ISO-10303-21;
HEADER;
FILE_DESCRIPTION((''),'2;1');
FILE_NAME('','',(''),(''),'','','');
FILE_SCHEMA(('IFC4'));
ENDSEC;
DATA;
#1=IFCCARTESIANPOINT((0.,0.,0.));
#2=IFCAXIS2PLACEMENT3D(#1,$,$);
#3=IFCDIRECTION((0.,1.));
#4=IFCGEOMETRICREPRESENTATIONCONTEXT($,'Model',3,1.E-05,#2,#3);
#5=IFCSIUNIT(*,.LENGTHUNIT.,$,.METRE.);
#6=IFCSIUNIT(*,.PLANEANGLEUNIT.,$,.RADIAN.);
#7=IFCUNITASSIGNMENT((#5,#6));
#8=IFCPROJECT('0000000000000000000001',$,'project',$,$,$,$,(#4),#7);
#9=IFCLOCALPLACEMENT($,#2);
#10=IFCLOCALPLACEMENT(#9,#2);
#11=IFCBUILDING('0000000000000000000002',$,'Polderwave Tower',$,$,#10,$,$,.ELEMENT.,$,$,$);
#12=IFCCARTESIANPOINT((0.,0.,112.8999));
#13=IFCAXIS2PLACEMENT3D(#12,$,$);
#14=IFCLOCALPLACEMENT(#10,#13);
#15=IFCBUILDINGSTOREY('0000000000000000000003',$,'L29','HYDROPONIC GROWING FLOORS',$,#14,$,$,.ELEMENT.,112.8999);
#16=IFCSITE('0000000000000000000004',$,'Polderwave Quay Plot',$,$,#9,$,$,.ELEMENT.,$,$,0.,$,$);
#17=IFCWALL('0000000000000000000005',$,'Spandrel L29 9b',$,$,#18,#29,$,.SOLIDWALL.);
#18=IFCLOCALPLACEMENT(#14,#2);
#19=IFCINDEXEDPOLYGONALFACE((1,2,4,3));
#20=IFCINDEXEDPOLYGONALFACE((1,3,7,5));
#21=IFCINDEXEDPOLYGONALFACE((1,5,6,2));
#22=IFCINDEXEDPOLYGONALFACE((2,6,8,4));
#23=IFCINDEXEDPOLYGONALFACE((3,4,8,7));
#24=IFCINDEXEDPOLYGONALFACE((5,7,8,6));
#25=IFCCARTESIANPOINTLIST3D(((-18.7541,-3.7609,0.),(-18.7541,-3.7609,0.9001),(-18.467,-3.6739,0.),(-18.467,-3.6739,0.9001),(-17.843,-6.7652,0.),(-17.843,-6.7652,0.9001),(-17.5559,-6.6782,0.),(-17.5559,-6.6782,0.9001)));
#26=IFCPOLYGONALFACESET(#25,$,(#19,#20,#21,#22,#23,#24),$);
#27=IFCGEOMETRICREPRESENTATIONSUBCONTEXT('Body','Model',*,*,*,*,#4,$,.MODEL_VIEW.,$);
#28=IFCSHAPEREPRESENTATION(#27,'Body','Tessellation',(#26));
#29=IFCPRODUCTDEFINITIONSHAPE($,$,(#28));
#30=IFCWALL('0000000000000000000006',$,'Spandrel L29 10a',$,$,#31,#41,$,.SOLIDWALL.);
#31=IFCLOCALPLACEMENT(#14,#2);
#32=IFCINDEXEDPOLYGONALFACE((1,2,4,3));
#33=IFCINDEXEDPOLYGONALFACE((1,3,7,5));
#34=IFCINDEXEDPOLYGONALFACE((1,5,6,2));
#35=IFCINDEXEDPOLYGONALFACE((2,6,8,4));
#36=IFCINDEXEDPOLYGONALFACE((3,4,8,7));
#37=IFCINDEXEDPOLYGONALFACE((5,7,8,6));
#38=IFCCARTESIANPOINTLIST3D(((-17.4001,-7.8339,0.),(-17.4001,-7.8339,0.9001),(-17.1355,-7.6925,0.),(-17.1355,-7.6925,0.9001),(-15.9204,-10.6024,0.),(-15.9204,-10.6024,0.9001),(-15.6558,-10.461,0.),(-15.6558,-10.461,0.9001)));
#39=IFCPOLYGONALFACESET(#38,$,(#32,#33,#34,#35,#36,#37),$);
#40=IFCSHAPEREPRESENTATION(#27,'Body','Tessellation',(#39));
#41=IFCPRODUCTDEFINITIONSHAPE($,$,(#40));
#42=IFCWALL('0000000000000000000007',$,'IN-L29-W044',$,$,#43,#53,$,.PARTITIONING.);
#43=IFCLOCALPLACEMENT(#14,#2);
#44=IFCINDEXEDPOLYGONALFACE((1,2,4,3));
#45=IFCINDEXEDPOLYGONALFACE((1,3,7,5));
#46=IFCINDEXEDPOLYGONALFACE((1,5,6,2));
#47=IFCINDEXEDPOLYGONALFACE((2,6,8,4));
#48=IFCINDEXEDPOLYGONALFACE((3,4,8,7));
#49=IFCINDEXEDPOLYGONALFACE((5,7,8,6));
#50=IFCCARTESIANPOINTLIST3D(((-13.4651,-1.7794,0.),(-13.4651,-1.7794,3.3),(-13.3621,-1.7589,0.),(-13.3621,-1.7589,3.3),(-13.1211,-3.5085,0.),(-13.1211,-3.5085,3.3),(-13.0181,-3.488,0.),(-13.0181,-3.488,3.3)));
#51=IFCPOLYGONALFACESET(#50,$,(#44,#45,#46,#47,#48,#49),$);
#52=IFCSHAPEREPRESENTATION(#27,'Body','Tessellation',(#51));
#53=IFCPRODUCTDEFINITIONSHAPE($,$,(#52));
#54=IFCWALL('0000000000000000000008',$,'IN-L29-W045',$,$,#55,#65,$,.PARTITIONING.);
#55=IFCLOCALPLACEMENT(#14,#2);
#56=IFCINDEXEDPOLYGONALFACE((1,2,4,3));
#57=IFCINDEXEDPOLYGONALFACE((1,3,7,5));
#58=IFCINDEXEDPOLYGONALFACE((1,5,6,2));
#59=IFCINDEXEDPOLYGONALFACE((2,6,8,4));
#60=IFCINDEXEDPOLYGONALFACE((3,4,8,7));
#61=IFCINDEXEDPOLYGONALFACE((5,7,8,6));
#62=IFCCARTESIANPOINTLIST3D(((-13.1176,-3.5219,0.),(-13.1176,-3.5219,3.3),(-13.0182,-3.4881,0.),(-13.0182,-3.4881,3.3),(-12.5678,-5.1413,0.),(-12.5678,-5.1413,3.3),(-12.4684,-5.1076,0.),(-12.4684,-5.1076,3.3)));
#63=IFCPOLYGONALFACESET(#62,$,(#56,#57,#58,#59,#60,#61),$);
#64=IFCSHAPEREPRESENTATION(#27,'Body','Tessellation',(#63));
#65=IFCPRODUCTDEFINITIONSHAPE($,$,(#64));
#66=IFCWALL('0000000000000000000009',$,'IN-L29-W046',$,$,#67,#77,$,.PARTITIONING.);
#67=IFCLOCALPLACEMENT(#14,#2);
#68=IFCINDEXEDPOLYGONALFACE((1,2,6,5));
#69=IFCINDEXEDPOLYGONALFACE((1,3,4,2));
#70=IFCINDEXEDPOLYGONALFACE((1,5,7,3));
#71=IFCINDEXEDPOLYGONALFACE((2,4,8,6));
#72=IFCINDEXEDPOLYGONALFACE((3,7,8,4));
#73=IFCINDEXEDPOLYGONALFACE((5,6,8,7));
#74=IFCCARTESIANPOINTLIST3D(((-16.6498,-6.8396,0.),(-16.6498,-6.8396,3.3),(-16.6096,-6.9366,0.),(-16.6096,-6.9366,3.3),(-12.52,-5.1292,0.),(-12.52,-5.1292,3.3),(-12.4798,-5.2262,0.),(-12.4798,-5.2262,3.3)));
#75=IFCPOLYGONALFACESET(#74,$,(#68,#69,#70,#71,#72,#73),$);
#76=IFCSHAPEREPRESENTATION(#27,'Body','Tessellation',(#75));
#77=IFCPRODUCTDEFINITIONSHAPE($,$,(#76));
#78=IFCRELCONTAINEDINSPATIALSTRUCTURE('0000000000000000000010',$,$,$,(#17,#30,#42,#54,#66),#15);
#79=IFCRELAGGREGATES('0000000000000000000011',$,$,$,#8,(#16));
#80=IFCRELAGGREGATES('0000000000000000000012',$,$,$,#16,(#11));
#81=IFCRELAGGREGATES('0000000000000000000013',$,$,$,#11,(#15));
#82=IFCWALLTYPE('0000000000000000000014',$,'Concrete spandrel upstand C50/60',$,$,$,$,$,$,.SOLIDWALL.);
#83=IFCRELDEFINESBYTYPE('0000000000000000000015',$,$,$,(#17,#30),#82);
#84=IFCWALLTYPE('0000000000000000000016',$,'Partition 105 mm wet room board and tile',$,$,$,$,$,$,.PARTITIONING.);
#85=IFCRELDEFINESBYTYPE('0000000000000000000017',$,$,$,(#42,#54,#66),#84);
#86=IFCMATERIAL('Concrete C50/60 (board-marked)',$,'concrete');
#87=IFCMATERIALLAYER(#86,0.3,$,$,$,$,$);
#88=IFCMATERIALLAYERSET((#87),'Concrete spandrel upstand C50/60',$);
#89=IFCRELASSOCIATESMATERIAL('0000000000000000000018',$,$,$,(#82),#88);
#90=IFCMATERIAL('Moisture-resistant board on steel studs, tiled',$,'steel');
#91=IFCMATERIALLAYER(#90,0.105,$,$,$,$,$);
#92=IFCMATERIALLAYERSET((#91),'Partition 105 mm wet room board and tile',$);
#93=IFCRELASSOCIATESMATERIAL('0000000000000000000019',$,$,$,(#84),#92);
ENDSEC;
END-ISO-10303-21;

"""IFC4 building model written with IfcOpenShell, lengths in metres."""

from ifc_helpers import new_model, si_unit, direction, frame, frame_2d, origin, place, context, subcontext, project, spatial, rectangle, extrude, material, layer, layer_set, type_object, element, save


model = new_model("IFC4")

# Units and contexts
model_context = context("Model", 3, precision=1e-05, world=origin(), true_north=direction((0.0, 1.0)))
body_context = subcontext(model_context, "Body", "Model", "MODEL_VIEW")
ifc_project = project(units=[si_unit("LENGTHUNIT", "METRE"), si_unit("PLANEANGLEUNIT", "RADIAN")], contexts=[model_context])

# Site, building, storey
site_placement = place(None, origin())
site = spatial("IfcSite", under=ifc_project, at=site_placement, Name="Polderwave Quay Plot", CompositionType="ELEMENT", RefElevation=0.0)
building_placement = place(site_placement, origin())
building = spatial("IfcBuilding", under=site, at=building_placement, Name="Polderwave Tower", CompositionType="ELEMENT")
storey_placement = place(building_placement, frame((0.0, 0.0, 112.8999)))
storey = spatial("IfcBuildingStorey", under=building, at=storey_placement, Name="L29", Description="HYDROPONIC GROWING FLOORS", CompositionType="ELEMENT", Elevation=112.8999)

# Walls
ifc_material_1 = material(Name="Concrete C50/60 (board-marked)", Category="concrete")
ifc_layer_1 = layer(ifc_material_1, 0.3)
ifc_layer_set_1 = layer_set([ifc_layer_1], Name="Concrete spandrel upstand C50/60")
wall_type_1 = type_object("IfcWallType", Name="Concrete spandrel upstand C50/60", PredefinedType="SOLIDWALL", material=ifc_layer_set_1)
wall_1_placement = place(storey_placement, frame((-18.6106, -3.7173, 0.0), z_axis=(0.0, 0.0, 1.0), x_axis=(0.290215, -0.956962, 0.0)))
element("IfcWall", 1, at=wall_1_placement, inside=storey, type_object=wall_type_1, Name="Spandrel L29 9b", PredefinedType="SOLIDWALL", context=body_context, shape_type="SweptSolid", body=[
    extrude(rectangle(XDim=3.1394, YDim=0.3, at=frame_2d((1.5698, 0.0))), origin(), (0.0, 0.0, 1.0), 0.9001),
])
wall_2_placement = place(storey_placement, frame((-17.2678, -7.7632, 0.0), z_axis=(0.0, 0.0, 1.0), x_axis=(0.471375, -0.881933, 0.0)))
element("IfcWall", 2, at=wall_2_placement, inside=storey, type_object=wall_type_1, Name="Spandrel L29 10a", PredefinedType="SOLIDWALL", context=body_context, shape_type="SweptSolid", body=[
    extrude(rectangle(XDim=3.1392, YDim=0.3, at=frame_2d((1.5696, 0.0))), origin(), (0.0, 0.0, 1.0), 0.9001),
])
ifc_material_2 = material(Name="Moisture-resistant board on steel studs, tiled", Category="steel")
ifc_layer_2 = layer(ifc_material_2, 0.105)
ifc_layer_set_2 = layer_set([ifc_layer_2], Name="Partition 105 mm wet room board and tile")
wall_type_2 = type_object("IfcWallType", Name="Partition 105 mm wet room board and tile", PredefinedType="PARTITIONING", material=ifc_layer_set_2)
wall_3_placement = place(storey_placement, frame((-13.4136, -1.7693, 0.0), z_axis=(0.0, 0.0, 1.0), x_axis=(0.195131, -0.980777, 0.0)))
element("IfcWall", 3, at=wall_3_placement, inside=storey, type_object=wall_type_2, Name="IN-L29-W044", PredefinedType="PARTITIONING", context=body_context, shape_type="SweptSolid", body=[
    extrude(rectangle(XDim=1.7629, YDim=0.105, at=frame_2d((0.8813, 0.0))), origin(), (0.0, 0.0, 1.0), 3.3),
])
wall_4_placement = place(storey_placement, frame((-13.0679, -3.5051, 0.0), z_axis=(0.0, 0.0, 1.0), x_axis=(0.321491, -0.946913, 0.0)))
element("IfcWall", 4, at=wall_4_placement, inside=storey, type_object=wall_type_2, Name="IN-L29-W045", PredefinedType="PARTITIONING", context=body_context, shape_type="SweptSolid", body=[
    extrude(rectangle(XDim=1.7102, YDim=0.105, at=frame_2d((0.855, 0.0))), origin(), (0.0, 0.0, 1.0), 3.3),
])
wall_5_placement = place(storey_placement, frame((-12.5, -5.1777, 0.0), z_axis=(0.0, 0.0, 1.0), x_axis=(-0.923896, -0.382644, 0.0)))
element("IfcWall", 5, at=wall_5_placement, inside=storey, type_object=wall_type_2, Name="IN-L29-W046", PredefinedType="PARTITIONING", context=body_context, shape_type="SweptSolid", body=[
    extrude(rectangle(XDim=4.47, YDim=0.105, at=frame_2d((2.2349, 0.0))), origin(), (0.0, 0.0, 1.0), 3.3),
])

save(model, "model.ifc")
